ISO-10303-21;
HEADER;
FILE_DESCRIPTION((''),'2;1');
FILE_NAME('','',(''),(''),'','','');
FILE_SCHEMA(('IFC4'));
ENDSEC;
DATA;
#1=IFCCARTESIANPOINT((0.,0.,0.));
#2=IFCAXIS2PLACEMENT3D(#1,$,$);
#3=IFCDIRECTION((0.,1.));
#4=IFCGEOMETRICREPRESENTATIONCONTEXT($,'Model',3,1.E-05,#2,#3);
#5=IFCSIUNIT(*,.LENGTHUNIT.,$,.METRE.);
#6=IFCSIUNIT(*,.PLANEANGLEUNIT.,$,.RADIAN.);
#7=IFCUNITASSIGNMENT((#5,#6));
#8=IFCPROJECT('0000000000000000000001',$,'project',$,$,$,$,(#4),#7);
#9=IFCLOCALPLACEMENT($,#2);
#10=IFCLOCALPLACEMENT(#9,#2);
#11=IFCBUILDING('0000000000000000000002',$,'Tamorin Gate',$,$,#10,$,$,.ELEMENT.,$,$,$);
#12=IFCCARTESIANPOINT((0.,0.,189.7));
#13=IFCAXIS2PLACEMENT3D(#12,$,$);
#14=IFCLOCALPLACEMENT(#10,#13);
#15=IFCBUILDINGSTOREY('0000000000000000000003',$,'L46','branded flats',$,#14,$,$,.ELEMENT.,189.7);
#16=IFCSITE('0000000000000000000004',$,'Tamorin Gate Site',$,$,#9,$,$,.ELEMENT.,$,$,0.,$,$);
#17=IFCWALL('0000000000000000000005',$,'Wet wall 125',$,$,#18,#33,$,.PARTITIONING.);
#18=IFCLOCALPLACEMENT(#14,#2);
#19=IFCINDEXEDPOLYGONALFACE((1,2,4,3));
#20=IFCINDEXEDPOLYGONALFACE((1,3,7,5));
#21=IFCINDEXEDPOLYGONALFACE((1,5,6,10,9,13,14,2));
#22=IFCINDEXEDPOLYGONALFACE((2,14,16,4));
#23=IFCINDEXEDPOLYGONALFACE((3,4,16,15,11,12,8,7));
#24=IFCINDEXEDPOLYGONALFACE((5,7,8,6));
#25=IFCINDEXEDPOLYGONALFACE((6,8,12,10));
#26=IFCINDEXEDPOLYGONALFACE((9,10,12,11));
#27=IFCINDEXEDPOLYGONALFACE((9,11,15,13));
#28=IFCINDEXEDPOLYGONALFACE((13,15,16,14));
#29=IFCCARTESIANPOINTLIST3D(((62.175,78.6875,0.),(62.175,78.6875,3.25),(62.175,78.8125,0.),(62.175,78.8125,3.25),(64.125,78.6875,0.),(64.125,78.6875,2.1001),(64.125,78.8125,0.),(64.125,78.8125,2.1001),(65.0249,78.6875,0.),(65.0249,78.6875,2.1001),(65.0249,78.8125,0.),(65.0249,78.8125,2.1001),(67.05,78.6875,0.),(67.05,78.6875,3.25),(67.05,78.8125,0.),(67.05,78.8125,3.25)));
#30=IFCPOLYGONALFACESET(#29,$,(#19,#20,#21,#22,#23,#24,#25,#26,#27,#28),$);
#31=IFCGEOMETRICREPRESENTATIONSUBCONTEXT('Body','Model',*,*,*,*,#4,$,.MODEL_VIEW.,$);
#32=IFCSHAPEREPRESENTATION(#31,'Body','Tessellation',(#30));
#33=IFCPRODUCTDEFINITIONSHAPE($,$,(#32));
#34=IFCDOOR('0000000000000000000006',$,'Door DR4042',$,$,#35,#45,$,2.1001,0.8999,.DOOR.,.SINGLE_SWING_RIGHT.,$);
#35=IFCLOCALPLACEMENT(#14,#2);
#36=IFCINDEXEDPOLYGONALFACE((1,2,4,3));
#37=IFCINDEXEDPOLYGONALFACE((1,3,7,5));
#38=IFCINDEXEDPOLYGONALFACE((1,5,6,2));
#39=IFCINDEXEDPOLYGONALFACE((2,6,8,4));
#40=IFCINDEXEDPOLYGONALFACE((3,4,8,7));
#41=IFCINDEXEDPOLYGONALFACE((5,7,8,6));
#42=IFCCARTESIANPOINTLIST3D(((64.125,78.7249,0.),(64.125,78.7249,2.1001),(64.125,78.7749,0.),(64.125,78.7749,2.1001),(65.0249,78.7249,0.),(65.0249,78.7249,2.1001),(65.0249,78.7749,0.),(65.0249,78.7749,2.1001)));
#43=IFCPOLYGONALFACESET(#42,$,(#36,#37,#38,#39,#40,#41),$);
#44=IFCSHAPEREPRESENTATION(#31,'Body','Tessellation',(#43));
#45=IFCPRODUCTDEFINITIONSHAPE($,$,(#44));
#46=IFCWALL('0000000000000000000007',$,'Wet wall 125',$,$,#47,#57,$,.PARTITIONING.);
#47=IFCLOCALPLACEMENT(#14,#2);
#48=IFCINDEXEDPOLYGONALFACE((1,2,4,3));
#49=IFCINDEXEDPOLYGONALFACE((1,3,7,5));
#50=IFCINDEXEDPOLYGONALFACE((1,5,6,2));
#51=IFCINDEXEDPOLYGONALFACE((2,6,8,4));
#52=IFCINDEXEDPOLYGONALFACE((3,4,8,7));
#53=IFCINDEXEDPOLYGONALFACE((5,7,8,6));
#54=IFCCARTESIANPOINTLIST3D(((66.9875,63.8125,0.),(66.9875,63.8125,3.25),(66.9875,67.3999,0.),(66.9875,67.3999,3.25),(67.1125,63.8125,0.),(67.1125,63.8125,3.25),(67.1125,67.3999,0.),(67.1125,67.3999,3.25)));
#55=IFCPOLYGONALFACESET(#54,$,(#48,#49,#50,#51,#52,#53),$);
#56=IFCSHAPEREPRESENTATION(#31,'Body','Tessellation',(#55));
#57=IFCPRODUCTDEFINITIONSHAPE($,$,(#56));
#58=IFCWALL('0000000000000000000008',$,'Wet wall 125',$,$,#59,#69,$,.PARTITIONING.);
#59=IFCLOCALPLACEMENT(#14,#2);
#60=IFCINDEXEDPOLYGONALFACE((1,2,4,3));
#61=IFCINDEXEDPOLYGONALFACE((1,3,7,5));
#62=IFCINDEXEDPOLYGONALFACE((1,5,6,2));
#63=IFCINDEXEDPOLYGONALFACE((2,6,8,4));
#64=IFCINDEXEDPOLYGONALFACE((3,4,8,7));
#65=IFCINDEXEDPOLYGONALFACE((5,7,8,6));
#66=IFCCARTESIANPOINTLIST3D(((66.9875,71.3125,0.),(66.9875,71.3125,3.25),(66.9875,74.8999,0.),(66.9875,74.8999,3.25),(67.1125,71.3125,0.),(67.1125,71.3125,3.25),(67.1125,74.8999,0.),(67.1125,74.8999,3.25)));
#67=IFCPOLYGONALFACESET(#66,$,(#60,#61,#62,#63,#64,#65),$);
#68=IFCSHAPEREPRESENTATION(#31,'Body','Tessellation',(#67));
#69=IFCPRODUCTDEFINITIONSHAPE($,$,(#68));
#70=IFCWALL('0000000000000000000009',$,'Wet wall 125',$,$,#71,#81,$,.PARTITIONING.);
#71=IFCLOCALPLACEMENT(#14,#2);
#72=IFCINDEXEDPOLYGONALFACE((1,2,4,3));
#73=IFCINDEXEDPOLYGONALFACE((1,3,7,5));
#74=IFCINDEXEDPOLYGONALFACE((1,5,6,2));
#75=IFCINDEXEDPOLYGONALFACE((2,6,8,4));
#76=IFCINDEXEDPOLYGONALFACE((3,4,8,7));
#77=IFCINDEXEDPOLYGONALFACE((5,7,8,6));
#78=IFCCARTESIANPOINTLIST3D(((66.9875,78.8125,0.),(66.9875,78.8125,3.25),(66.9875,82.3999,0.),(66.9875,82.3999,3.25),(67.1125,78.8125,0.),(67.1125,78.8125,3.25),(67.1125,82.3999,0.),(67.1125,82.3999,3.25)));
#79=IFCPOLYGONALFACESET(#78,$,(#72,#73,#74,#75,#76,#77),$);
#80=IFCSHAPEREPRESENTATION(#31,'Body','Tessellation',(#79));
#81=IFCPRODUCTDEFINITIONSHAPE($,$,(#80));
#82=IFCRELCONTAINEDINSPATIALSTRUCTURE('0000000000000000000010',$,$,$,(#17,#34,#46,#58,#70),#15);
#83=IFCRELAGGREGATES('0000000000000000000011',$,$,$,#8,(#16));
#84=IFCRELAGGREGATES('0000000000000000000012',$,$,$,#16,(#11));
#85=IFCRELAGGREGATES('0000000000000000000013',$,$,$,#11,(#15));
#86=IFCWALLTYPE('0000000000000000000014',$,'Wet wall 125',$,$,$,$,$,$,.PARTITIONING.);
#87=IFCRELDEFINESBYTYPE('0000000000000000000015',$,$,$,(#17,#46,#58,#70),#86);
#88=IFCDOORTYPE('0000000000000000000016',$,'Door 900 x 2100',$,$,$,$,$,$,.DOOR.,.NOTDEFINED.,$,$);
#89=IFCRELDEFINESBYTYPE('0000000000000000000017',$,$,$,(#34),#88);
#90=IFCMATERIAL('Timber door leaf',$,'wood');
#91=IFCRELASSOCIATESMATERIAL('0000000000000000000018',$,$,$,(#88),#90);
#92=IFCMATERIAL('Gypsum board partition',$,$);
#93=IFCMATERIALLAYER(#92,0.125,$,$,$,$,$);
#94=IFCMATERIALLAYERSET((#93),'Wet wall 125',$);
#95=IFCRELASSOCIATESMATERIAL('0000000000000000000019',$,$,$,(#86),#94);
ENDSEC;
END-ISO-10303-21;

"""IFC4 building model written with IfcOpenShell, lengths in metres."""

from ifc_helpers import new_model, si_unit, direction, frame, frame_2d, origin, place, context, subcontext, project, spatial, rectangle, extrude, material, layer, layer_set, type_object, element, fill, save


model = new_model("IFC4")

# Units and contexts
model_context = context("Model", 3, precision=1e-05, world=origin(), true_north=direction((0.0, 1.0)))
body_context = subcontext(model_context, "Body", "Model", "MODEL_VIEW")
ifc_project = project(units=[si_unit("LENGTHUNIT", "METRE"), si_unit("PLANEANGLEUNIT", "RADIAN")], contexts=[model_context])

# Site, building, storey
site_placement = place(None, origin())
site = spatial("IfcSite", under=ifc_project, at=site_placement, Name="Tamorin Gate Site", CompositionType="ELEMENT", RefElevation=0.0)
building_placement = place(site_placement, origin())
building = spatial("IfcBuilding", under=site, at=building_placement, Name="Tamorin Gate", CompositionType="ELEMENT")
storey_placement = place(building_placement, frame((0.0, 0.0, 189.7)))
storey = spatial("IfcBuildingStorey", under=building, at=storey_placement, Name="L46", Description="branded flats", CompositionType="ELEMENT", Elevation=189.7)

# Shared definitions
ifc_material_1 = material(Name="Gypsum board partition")

# Shared definitions
ifc_material_2 = material(Name="Timber door leaf", Category="wood")
door_type = type_object("IfcDoorType", Name="Door 900 x 2100", OperationType="NOTDEFINED", PredefinedType="DOOR", material=ifc_material_2)

# Wall, opening, door
ifc_layer_1 = layer(ifc_material_1, 0.125)
ifc_layer_set_1 = layer_set([ifc_layer_1], Name="Wet wall 125")
wall_type_1 = type_object("IfcWallType", Name="Wet wall 125", PredefinedType="PARTITIONING", material=ifc_layer_set_1)
wall_1_placement = place(storey_placement, frame((62.175, 78.75, 0.0), z_axis=(0.0, 0.0, 1.0), x_axis=(1.0, 0.0, 0.0)))
wall_1 = element("IfcWall", 1, at=wall_1_placement, inside=storey, type_object=wall_type_1, Name="Wet wall 125", PredefinedType="PARTITIONING", context=body_context, shape_type="SweptSolid", body=[
    extrude(rectangle(XDim=4.875, YDim=0.125, at=frame_2d((2.4375, 0.0))), origin(), (0.0, 0.0, 1.0), 3.25),
])
opening_1_placement = place(wall_1_placement, frame((1.95, 0.0, 0.0)))
opening_1 = element("IfcOpeningElement", 2, at=opening_1_placement, cuts=wall_1, PredefinedType="OPENING", context=body_context, shape_type="SweptSolid", body=[
    extrude(rectangle(XDim=0.8999, YDim=2.1001, at=frame_2d((0.45, 1.05))), frame((0.0, 0.0725, 0.0), z_axis=(0.0, -1.0, 0.0), x_axis=(1.0, 0.0, 0.0)), (0.0, 0.0, 1.0), 0.145),
])
door_1_placement = place(opening_1_placement, origin())
door_1 = element("IfcDoor", 3, at=door_1_placement, inside=storey, type_object=door_type, Name="Door DR4042", OperationType="SINGLE_SWING_RIGHT", OverallHeight=2.1001, OverallWidth=0.8999, PredefinedType="DOOR", context=body_context, shape_type="SweptSolid", body=[
    extrude(rectangle(XDim=0.8999, YDim=2.1001, at=frame_2d((0.45, 1.05))), frame((0.0, 0.0249, 0.0), z_axis=(0.0, -1.0, 0.0), x_axis=(1.0, 0.0, 0.0)), (0.0, 0.0, 1.0), 0.05),
])
fill(opening_1, door_1)

# Walls
for number, where, z_axis, x_axis, name in (
    (4, (67.05, 63.8125, 0.0), (0.0, 0.0, 1.0), (0.0, 1.0, 0.0), "Wet wall 125"),
    (5, (67.05, 71.3125, 0.0), (0.0, 0.0, 1.0), (0.0, 1.0, 0.0), "Wet wall 125"),
    (6, (67.05, 78.8125, 0.0), (0.0, 0.0, 1.0), (0.0, 1.0, 0.0), "Wet wall 125"),
):
    element("IfcWall", number, at=place(storey_placement, frame(where, z_axis=z_axis, x_axis=x_axis)), inside=storey, type_object=wall_type_1, Name=name, PredefinedType="PARTITIONING", context=body_context, shape_type="SweptSolid", body=[
        extrude(rectangle(XDim=3.5874, YDim=0.125, at=frame_2d((1.7937, 0.0))), origin(), (0.0, 0.0, 1.0), 3.25),
    ])

save(model, "model.ifc")
